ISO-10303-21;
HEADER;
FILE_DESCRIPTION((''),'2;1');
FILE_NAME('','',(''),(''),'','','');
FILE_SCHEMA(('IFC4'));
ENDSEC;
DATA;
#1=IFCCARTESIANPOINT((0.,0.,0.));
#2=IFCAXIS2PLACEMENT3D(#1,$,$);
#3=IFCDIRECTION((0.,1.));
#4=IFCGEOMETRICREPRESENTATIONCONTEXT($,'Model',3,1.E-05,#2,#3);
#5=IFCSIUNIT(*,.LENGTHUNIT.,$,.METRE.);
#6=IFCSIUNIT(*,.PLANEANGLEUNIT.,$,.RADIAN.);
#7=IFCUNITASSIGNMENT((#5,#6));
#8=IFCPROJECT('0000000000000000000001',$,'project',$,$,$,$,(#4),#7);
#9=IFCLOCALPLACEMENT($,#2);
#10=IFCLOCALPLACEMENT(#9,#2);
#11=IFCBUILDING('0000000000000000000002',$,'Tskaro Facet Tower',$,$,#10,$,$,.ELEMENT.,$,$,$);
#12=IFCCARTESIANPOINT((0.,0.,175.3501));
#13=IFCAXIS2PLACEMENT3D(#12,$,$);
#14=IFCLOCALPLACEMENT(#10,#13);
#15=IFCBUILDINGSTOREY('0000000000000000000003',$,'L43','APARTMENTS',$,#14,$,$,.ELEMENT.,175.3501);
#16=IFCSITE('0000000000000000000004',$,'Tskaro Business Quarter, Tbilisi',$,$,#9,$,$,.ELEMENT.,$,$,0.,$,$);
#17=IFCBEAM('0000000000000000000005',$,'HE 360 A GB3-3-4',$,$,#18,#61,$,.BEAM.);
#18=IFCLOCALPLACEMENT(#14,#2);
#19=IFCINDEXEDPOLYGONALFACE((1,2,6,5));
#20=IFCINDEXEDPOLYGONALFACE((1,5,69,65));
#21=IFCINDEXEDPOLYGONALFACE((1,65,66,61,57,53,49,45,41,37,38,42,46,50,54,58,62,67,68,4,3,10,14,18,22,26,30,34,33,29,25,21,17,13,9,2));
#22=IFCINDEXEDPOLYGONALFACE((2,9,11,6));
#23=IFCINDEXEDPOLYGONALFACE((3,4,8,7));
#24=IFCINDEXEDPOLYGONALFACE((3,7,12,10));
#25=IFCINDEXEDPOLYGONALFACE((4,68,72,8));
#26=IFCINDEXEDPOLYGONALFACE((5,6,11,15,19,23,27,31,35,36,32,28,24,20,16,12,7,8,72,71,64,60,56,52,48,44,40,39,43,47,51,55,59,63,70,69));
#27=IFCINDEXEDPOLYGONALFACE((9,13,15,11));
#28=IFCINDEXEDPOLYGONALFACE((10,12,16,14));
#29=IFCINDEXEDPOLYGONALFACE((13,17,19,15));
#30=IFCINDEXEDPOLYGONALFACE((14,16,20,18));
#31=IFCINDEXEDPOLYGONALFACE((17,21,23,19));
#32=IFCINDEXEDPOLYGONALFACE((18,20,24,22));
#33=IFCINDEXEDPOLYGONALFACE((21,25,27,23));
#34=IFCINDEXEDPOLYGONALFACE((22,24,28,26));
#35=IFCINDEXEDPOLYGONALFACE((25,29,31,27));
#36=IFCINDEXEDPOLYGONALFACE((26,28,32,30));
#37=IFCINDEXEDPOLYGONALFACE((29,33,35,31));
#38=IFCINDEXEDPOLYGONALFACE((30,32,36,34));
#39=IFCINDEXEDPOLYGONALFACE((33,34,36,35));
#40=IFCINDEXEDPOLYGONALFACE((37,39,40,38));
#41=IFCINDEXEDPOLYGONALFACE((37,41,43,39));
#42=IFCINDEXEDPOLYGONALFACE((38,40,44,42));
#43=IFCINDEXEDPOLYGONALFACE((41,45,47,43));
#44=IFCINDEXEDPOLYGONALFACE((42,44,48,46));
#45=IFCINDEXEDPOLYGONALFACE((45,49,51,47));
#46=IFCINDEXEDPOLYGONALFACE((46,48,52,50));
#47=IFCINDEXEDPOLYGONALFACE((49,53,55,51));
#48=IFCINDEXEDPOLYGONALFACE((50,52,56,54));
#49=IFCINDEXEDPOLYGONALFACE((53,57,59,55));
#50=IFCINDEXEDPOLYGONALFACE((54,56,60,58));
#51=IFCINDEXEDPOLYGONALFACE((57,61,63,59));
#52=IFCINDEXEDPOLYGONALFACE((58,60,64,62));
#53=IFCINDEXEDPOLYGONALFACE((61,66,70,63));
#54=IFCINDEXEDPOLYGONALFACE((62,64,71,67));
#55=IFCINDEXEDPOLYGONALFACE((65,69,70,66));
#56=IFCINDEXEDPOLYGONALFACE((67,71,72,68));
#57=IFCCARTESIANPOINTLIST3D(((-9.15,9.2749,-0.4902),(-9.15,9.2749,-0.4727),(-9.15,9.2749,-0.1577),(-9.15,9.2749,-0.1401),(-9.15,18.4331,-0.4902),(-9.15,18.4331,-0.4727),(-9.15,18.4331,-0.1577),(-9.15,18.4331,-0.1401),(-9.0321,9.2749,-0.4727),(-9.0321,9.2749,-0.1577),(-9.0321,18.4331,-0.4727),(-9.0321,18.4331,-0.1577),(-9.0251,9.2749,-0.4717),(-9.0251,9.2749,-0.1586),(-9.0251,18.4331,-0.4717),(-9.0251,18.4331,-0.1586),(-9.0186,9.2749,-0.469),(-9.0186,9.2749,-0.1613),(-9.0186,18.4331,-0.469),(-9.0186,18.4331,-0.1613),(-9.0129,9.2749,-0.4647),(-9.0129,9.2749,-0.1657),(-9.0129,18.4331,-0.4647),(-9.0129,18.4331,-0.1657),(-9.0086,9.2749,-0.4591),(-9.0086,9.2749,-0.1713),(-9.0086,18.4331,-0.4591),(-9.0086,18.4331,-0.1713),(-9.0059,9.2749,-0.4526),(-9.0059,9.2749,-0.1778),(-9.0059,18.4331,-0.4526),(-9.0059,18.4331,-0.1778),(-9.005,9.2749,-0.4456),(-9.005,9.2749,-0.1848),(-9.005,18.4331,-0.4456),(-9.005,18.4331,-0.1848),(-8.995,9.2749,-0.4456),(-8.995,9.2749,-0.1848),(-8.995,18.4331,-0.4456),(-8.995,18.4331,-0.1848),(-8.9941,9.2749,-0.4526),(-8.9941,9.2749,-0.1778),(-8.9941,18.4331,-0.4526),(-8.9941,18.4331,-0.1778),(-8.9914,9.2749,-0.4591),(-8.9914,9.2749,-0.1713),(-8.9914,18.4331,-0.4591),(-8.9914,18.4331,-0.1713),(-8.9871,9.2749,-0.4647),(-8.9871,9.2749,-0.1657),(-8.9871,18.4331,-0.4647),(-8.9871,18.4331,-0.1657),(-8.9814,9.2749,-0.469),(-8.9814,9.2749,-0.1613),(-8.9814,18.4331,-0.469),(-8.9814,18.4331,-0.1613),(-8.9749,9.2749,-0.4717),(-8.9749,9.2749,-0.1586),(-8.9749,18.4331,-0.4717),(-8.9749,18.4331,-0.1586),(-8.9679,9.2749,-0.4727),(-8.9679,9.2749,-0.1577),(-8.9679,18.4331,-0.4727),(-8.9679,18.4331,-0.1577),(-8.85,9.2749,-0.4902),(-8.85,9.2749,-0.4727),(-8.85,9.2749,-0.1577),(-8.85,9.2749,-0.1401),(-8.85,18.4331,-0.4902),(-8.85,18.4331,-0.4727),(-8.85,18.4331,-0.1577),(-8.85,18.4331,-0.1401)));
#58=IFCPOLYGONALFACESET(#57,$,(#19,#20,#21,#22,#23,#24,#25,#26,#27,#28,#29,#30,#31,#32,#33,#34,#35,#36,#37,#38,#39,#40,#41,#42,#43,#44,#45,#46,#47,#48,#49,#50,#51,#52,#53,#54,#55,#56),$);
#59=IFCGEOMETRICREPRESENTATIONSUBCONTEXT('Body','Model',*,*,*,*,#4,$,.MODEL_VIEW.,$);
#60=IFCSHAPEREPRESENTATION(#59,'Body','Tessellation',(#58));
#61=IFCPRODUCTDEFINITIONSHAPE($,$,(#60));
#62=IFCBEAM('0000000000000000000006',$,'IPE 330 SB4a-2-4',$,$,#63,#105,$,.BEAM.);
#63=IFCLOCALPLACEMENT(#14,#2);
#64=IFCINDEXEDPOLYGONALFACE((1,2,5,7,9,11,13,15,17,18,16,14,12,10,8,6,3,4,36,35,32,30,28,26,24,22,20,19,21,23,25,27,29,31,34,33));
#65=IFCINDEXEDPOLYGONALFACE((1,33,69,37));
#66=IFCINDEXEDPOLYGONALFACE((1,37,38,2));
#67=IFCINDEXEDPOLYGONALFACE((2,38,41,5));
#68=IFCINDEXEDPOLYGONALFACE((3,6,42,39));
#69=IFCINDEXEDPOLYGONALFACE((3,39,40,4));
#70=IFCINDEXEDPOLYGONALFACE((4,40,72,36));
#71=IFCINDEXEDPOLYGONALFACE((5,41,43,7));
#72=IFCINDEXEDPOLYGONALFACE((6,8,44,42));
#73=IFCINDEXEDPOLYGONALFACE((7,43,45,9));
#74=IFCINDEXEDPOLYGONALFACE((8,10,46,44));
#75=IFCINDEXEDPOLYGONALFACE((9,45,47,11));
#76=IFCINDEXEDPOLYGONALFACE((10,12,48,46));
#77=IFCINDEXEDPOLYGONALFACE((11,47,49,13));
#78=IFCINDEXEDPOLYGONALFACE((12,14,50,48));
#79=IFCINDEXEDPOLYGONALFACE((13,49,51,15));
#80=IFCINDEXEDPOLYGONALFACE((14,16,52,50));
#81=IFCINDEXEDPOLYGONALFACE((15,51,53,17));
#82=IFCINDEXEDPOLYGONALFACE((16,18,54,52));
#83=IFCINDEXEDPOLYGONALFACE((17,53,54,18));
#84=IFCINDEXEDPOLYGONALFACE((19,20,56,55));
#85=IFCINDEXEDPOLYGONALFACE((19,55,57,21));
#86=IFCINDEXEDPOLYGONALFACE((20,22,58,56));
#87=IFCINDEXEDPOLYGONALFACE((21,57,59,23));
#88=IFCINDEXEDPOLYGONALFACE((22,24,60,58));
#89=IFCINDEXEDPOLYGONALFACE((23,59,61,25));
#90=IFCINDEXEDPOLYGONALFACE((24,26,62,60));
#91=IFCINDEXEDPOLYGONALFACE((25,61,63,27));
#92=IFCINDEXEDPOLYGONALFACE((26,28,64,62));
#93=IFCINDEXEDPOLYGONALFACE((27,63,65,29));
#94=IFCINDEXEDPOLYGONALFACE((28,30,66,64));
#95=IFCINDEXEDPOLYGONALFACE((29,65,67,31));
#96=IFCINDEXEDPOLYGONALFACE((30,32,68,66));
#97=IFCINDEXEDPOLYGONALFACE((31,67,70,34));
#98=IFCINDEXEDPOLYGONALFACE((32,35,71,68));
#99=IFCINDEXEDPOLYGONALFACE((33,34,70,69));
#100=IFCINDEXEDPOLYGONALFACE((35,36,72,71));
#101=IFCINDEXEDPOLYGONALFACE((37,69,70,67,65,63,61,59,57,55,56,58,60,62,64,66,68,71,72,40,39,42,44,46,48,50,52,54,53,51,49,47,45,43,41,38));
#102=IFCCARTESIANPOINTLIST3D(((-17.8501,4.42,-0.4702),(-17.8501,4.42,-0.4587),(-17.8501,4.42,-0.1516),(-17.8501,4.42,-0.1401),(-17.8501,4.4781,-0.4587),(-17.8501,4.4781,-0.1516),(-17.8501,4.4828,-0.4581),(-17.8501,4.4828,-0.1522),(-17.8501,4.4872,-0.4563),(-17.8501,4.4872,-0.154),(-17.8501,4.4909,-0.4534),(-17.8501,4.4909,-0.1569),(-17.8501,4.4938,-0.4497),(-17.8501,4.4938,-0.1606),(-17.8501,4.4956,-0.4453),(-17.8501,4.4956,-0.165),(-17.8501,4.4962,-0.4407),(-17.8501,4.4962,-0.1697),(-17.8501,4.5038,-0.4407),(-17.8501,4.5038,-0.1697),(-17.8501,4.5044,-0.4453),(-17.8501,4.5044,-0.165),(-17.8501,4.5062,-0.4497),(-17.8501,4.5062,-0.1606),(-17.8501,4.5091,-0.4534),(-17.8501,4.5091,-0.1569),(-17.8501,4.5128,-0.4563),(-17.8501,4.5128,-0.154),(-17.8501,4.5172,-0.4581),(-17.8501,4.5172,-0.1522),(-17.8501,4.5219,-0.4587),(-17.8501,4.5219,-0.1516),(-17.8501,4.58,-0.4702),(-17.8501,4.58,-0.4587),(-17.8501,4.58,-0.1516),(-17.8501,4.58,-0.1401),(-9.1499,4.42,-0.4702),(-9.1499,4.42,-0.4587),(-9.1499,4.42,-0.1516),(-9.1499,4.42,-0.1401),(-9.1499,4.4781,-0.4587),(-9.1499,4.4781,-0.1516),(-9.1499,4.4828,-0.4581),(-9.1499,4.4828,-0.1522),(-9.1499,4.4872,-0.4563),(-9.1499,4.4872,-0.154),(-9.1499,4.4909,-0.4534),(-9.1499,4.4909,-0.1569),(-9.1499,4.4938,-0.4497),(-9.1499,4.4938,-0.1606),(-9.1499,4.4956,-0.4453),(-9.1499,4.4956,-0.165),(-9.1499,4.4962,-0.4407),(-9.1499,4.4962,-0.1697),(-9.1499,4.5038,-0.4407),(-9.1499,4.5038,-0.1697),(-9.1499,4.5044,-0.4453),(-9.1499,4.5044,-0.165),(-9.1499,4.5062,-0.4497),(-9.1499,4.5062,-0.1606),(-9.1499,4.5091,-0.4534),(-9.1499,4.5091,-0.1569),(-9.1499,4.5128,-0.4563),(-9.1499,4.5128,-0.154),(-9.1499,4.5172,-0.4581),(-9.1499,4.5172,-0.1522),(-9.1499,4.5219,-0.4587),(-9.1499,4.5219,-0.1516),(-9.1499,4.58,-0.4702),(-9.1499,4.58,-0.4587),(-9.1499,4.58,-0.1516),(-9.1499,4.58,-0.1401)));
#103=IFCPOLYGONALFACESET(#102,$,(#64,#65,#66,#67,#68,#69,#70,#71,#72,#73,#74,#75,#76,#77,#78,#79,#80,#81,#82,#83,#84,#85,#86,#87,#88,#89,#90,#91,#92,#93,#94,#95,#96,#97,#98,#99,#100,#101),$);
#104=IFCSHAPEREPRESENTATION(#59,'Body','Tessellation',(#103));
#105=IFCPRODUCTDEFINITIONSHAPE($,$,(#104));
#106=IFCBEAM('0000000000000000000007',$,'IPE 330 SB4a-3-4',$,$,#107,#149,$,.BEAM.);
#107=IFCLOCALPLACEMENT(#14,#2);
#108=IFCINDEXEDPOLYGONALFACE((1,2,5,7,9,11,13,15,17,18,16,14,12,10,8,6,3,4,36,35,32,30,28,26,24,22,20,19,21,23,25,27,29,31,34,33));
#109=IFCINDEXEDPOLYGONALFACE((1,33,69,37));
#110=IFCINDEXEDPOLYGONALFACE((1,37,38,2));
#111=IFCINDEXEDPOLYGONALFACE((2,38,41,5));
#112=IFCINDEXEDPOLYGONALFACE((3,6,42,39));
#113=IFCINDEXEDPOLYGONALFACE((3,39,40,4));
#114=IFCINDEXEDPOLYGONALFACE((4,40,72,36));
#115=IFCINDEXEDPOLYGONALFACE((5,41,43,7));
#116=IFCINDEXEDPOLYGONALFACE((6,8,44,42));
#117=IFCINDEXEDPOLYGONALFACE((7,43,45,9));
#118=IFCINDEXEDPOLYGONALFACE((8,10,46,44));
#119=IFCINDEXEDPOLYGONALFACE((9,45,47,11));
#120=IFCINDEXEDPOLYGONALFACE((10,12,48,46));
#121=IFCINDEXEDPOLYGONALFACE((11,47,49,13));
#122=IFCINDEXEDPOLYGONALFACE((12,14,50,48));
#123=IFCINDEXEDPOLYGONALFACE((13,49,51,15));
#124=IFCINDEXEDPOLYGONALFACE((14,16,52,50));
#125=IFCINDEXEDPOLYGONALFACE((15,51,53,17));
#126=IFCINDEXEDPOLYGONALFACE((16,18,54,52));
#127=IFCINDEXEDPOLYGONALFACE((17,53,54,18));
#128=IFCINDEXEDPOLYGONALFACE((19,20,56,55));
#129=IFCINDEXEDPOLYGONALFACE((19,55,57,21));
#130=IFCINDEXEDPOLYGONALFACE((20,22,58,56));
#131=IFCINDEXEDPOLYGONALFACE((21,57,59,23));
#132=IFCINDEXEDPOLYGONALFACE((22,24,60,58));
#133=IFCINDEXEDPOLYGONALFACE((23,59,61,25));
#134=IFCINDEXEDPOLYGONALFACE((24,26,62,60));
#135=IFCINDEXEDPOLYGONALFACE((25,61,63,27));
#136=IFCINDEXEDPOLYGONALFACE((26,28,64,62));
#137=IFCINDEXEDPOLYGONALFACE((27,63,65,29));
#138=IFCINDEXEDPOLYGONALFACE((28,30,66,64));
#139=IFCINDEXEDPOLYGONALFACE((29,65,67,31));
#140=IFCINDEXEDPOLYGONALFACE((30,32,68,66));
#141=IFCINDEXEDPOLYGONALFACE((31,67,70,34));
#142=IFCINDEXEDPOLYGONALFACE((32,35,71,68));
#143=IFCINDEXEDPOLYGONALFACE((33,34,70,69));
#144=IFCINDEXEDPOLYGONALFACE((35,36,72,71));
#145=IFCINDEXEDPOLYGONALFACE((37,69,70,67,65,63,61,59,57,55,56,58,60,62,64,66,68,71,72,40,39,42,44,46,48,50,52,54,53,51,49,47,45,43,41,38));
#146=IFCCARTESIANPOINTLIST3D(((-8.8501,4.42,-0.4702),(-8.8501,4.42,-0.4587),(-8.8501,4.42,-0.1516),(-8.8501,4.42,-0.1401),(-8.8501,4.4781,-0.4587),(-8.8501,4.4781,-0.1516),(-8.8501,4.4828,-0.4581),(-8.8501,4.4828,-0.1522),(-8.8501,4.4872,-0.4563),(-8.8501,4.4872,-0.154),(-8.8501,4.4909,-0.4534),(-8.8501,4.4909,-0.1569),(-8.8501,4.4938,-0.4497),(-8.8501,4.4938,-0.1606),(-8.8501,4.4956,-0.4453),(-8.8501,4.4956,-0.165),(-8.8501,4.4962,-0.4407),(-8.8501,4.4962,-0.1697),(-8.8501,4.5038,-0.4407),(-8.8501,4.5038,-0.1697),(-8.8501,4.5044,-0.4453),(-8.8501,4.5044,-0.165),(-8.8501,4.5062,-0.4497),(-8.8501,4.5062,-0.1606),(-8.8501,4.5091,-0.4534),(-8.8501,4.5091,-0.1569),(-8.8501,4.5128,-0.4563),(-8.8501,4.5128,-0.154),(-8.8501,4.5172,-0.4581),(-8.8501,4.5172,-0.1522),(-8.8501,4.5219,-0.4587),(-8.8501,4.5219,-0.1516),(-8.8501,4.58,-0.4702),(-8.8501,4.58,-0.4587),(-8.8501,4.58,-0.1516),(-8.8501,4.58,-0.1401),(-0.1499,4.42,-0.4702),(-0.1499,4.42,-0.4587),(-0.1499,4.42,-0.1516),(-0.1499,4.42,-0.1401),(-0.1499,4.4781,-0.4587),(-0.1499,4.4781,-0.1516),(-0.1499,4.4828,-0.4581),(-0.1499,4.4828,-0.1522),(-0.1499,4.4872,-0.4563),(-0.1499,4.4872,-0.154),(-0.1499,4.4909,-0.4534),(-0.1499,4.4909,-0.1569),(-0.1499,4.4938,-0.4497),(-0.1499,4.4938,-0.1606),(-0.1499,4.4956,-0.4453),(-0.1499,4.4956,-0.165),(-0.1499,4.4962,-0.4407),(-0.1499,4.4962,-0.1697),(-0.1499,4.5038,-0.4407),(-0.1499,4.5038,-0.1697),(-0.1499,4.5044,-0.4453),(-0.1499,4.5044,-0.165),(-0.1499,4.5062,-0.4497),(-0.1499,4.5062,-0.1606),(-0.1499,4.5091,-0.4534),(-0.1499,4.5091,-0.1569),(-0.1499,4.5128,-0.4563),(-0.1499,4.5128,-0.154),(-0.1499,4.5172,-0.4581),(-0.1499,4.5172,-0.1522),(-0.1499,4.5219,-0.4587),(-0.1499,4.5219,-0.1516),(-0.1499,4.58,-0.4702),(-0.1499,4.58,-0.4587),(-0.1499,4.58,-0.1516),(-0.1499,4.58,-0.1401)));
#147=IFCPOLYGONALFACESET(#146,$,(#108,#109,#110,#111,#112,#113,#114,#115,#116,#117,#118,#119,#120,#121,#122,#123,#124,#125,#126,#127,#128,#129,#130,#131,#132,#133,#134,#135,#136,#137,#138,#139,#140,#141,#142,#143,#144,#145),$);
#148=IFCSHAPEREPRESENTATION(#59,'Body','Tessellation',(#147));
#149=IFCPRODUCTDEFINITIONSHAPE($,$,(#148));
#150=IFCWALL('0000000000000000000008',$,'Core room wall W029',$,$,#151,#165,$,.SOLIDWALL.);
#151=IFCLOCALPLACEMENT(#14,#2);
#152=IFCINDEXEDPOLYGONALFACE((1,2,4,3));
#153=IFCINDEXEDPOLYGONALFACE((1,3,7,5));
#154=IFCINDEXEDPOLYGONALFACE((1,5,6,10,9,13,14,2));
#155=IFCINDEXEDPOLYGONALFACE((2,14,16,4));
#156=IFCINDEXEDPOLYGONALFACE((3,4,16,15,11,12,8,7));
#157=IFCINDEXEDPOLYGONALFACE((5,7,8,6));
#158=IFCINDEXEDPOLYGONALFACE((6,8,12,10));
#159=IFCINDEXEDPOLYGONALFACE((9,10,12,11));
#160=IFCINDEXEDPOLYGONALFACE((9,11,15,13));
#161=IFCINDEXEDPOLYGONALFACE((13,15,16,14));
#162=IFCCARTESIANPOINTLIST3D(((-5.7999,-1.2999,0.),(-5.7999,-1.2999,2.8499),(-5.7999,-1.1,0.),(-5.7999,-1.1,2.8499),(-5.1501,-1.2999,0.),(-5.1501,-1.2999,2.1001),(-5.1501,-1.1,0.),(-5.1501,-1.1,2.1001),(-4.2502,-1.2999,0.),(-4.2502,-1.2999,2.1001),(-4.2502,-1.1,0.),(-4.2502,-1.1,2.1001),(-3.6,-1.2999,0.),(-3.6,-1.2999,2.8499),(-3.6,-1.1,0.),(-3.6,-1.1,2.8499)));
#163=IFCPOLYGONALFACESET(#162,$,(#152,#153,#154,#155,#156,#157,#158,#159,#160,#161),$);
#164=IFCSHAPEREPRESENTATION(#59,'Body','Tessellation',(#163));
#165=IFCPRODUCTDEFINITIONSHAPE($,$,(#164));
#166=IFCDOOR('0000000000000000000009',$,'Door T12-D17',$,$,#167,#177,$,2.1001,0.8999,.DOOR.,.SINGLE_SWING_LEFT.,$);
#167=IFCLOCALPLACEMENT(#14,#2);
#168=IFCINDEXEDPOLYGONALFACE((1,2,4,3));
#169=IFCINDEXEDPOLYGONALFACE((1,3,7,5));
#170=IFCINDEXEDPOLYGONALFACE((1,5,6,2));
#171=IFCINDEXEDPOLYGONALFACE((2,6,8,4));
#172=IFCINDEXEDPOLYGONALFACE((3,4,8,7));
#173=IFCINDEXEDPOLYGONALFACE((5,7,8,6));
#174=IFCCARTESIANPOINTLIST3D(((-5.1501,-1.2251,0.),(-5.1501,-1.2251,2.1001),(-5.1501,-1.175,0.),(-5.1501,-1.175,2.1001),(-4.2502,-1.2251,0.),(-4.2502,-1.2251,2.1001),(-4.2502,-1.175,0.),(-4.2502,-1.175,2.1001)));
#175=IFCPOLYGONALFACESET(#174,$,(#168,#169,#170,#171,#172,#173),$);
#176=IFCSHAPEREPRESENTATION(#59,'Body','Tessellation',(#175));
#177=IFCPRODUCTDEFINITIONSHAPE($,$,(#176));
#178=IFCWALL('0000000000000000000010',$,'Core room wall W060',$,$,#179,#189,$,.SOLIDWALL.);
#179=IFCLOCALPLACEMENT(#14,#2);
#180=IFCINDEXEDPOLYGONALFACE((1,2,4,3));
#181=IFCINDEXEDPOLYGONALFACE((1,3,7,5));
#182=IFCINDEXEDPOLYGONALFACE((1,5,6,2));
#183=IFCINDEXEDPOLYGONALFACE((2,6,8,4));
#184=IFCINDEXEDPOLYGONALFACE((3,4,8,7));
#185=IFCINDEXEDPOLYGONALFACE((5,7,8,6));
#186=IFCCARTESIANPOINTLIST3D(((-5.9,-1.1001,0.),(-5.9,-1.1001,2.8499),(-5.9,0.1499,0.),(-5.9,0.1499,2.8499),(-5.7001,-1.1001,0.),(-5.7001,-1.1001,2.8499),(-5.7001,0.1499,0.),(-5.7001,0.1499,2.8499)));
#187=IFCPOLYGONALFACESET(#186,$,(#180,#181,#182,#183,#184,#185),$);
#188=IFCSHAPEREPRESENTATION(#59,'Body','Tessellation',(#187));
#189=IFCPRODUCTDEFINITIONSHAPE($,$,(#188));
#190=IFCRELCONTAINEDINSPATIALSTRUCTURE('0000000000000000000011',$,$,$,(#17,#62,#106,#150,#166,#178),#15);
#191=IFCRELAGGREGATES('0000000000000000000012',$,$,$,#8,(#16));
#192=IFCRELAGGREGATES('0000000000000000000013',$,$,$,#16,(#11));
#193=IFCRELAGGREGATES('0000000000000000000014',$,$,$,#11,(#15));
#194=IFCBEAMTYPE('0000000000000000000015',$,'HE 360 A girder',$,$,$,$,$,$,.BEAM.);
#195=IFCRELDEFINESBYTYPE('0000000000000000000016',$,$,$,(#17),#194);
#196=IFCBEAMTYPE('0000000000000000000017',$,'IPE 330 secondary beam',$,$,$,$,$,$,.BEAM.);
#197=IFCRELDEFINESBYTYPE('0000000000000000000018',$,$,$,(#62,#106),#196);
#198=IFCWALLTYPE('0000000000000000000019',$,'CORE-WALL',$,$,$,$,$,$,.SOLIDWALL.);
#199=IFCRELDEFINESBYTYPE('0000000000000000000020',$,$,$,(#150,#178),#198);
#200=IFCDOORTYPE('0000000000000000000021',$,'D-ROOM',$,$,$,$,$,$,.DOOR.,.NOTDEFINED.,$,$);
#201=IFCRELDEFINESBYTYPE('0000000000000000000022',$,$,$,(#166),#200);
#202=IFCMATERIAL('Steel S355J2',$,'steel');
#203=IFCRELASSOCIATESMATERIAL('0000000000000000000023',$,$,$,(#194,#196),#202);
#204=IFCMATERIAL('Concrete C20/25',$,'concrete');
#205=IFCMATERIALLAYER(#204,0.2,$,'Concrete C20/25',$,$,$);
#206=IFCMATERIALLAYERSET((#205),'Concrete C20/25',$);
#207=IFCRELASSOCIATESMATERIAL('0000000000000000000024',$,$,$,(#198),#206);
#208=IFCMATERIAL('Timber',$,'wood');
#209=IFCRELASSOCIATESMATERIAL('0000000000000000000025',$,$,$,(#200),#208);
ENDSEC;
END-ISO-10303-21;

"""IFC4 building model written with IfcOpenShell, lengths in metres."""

from ifc_helpers import new_model, si_unit, direction, frame, frame_2d, origin, origin_2d, place, context, subcontext, project, spatial, rectangle, i_section, extrude, material, layer, layer_set, material_profile, profile_set, type_object, element, fill, save


model = new_model("IFC4")

# Units and contexts
model_context = context("Model", 3, precision=1e-05, world=origin(), true_north=direction((0.0, 1.0)))
body_context = subcontext(model_context, "Body", "Model", "MODEL_VIEW")
ifc_project = project(units=[si_unit("LENGTHUNIT", "METRE"), si_unit("PLANEANGLEUNIT", "RADIAN")], contexts=[model_context])

# Site, building, storey
site_placement = place(None, origin())
site = spatial("IfcSite", under=ifc_project, at=site_placement, Name="Tskaro Business Quarter, Tbilisi", CompositionType="ELEMENT", RefElevation=0.0)
building_placement = place(site_placement, origin())
building = spatial("IfcBuilding", under=site, at=building_placement, Name="Tskaro Facet Tower", CompositionType="ELEMENT")
storey_placement = place(building_placement, frame((0.0, 0.0, 175.3501)))
storey = spatial("IfcBuildingStorey", under=building, at=storey_placement, Name="L43", Description="APARTMENTS", CompositionType="ELEMENT", Elevation=175.3501)

# Beams
ifc_material_1 = material(Name="Steel S355J2", Category="steel")
ifc_material_profile_1 = material_profile(ifc_material_1, i_section(OverallWidth=0.3, OverallDepth=0.3501, WebThickness=0.01, FlangeThickness=0.0176, FilletRadius=0.0271, at=origin_2d()), Name="HE 360 A")
ifc_profile_set_1 = profile_set([ifc_material_profile_1], Name="Steel S355J2")
beam_type_1 = type_object("IfcBeamType", Name="HE 360 A girder", PredefinedType="BEAM", material=ifc_profile_set_1)
beam_1_placement = place(storey_placement, frame((-9.0, 9.2749, -0.3152), z_axis=(0.0, 1.0, 0.0), x_axis=(-1.0, 0.0, 0.0)))
element("IfcBeam", 1, at=beam_1_placement, inside=storey, type_object=beam_type_1, Name="HE 360 A GB3-3-4", PredefinedType="BEAM", context=body_context, shape_type="SweptSolid", body=[
    extrude(i_section(OverallWidth=0.3, OverallDepth=0.3501, WebThickness=0.01, FlangeThickness=0.0176, FilletRadius=0.0271, at=origin_2d()), origin(), (0.0, 0.0, 1.0), 9.1582),
])
ifc_material_profile_2 = material_profile(ifc_material_1, i_section(OverallWidth=0.1599, OverallDepth=0.3301, WebThickness=0.0076, FlangeThickness=0.0115, FilletRadius=0.0181, at=origin_2d()), Name="IPE 330")
ifc_profile_set_2 = profile_set([ifc_material_profile_2], Name="Steel S355J2")
beam_type_2 = type_object("IfcBeamType", Name="IPE 330 secondary beam", PredefinedType="BEAM", material=ifc_profile_set_2)
for number, where, z_axis, x_axis, name in (
    (2, (-17.8501, 4.5, -0.3052), (1.0, 0.0, 0.0), (0.0, 1.0, 0.0), "IPE 330 SB4a-2-4"),
    (3, (-8.8501, 4.5, -0.3052), (1.0, 0.0, 0.0), (0.0, 1.0, 0.0), "IPE 330 SB4a-3-4"),
):
    element("IfcBeam", number, at=place(storey_placement, frame(where, z_axis=z_axis, x_axis=x_axis)), inside=storey, type_object=beam_type_2, Name=name, PredefinedType="BEAM", context=body_context, shape_type="SweptSolid", body=[
        extrude(i_section(OverallWidth=0.1599, OverallDepth=0.3301, WebThickness=0.0076, FlangeThickness=0.0115, FilletRadius=0.0181, at=origin_2d()), origin(), (0.0, 0.0, 1.0), 8.7002),
    ])

# Wall, opening, door
ifc_material_2 = material(Name="Concrete C20/25", Category="concrete")
ifc_layer_1 = layer(ifc_material_2, 0.2, Name="Concrete C20/25")
ifc_layer_set_1 = layer_set([ifc_layer_1], Name="Concrete C20/25")
wall_type_1 = type_object("IfcWallType", Name="CORE-WALL", PredefinedType="SOLIDWALL", material=ifc_layer_set_1)
wall_1_placement = place(storey_placement, frame((-5.8, -1.2, 0.0), z_axis=(0.0, 0.0, 1.0), x_axis=(1.0, 0.0, 0.0)))
wall_1 = element("IfcWall", 4, at=wall_1_placement, inside=storey, type_object=wall_type_1, Name="Core room wall W029", PredefinedType="SOLIDWALL", context=body_context, shape_type="SweptSolid", body=[
    extrude(rectangle(XDim=2.2, YDim=0.2, at=frame_2d((1.1001, 0.0))), origin(), (0.0, 0.0, 1.0), 2.8499),
])
opening_1_placement = place(wall_1_placement, frame((0.6499, 0.0, 0.0)))
opening_1 = element("IfcOpeningElement", 5, at=opening_1_placement, cuts=wall_1, PredefinedType="OPENING", context=body_context, shape_type="SweptSolid", body=[
    extrude(rectangle(XDim=0.8999, YDim=2.1001, at=frame_2d((0.45, 1.05))), frame((0.0, 0.1099, 0.0), z_axis=(0.0, -1.0, 0.0), x_axis=(1.0, 0.0, 0.0)), (0.0, 0.0, 1.0), 0.22),
])
ifc_material_3 = material(Name="Timber", Category="wood")
door_type_1 = type_object("IfcDoorType", Name="D-ROOM", OperationType="NOTDEFINED", PredefinedType="DOOR", material=ifc_material_3)
door_1_placement = place(opening_1_placement, origin())
door_1 = element("IfcDoor", 6, at=door_1_placement, inside=storey, type_object=door_type_1, Name="Door T12-D17", OperationType="SINGLE_SWING_LEFT", OverallHeight=2.1001, OverallWidth=0.8999, PredefinedType="DOOR", context=body_context, shape_type="SweptSolid", body=[
    extrude(rectangle(XDim=0.8999, YDim=2.1001, at=frame_2d((0.45, 1.05))), frame((0.0, 0.0249, 0.0), z_axis=(0.0, -1.0, 0.0), x_axis=(1.0, 0.0, 0.0)), (0.0, 0.0, 1.0), 0.05),
])
fill(opening_1, door_1)

# Wall
for number, where, z_axis, x_axis, name in (
    (7, (-5.8, -1.1001, 0.0), (0.0, 0.0, 1.0), (0.0, 1.0, 0.0), "Core room wall W060"),
):
    element("IfcWall", number, at=place(storey_placement, frame(where, z_axis=z_axis, x_axis=x_axis)), inside=storey, type_object=wall_type_1, Name=name, PredefinedType="SOLIDWALL", context=body_context, shape_type="SweptSolid", body=[
        extrude(rectangle(XDim=1.25, YDim=0.2, at=frame_2d((0.625, 0.0))), origin(), (0.0, 0.0, 1.0), 2.8499),
    ])

save(model, "model.ifc")
